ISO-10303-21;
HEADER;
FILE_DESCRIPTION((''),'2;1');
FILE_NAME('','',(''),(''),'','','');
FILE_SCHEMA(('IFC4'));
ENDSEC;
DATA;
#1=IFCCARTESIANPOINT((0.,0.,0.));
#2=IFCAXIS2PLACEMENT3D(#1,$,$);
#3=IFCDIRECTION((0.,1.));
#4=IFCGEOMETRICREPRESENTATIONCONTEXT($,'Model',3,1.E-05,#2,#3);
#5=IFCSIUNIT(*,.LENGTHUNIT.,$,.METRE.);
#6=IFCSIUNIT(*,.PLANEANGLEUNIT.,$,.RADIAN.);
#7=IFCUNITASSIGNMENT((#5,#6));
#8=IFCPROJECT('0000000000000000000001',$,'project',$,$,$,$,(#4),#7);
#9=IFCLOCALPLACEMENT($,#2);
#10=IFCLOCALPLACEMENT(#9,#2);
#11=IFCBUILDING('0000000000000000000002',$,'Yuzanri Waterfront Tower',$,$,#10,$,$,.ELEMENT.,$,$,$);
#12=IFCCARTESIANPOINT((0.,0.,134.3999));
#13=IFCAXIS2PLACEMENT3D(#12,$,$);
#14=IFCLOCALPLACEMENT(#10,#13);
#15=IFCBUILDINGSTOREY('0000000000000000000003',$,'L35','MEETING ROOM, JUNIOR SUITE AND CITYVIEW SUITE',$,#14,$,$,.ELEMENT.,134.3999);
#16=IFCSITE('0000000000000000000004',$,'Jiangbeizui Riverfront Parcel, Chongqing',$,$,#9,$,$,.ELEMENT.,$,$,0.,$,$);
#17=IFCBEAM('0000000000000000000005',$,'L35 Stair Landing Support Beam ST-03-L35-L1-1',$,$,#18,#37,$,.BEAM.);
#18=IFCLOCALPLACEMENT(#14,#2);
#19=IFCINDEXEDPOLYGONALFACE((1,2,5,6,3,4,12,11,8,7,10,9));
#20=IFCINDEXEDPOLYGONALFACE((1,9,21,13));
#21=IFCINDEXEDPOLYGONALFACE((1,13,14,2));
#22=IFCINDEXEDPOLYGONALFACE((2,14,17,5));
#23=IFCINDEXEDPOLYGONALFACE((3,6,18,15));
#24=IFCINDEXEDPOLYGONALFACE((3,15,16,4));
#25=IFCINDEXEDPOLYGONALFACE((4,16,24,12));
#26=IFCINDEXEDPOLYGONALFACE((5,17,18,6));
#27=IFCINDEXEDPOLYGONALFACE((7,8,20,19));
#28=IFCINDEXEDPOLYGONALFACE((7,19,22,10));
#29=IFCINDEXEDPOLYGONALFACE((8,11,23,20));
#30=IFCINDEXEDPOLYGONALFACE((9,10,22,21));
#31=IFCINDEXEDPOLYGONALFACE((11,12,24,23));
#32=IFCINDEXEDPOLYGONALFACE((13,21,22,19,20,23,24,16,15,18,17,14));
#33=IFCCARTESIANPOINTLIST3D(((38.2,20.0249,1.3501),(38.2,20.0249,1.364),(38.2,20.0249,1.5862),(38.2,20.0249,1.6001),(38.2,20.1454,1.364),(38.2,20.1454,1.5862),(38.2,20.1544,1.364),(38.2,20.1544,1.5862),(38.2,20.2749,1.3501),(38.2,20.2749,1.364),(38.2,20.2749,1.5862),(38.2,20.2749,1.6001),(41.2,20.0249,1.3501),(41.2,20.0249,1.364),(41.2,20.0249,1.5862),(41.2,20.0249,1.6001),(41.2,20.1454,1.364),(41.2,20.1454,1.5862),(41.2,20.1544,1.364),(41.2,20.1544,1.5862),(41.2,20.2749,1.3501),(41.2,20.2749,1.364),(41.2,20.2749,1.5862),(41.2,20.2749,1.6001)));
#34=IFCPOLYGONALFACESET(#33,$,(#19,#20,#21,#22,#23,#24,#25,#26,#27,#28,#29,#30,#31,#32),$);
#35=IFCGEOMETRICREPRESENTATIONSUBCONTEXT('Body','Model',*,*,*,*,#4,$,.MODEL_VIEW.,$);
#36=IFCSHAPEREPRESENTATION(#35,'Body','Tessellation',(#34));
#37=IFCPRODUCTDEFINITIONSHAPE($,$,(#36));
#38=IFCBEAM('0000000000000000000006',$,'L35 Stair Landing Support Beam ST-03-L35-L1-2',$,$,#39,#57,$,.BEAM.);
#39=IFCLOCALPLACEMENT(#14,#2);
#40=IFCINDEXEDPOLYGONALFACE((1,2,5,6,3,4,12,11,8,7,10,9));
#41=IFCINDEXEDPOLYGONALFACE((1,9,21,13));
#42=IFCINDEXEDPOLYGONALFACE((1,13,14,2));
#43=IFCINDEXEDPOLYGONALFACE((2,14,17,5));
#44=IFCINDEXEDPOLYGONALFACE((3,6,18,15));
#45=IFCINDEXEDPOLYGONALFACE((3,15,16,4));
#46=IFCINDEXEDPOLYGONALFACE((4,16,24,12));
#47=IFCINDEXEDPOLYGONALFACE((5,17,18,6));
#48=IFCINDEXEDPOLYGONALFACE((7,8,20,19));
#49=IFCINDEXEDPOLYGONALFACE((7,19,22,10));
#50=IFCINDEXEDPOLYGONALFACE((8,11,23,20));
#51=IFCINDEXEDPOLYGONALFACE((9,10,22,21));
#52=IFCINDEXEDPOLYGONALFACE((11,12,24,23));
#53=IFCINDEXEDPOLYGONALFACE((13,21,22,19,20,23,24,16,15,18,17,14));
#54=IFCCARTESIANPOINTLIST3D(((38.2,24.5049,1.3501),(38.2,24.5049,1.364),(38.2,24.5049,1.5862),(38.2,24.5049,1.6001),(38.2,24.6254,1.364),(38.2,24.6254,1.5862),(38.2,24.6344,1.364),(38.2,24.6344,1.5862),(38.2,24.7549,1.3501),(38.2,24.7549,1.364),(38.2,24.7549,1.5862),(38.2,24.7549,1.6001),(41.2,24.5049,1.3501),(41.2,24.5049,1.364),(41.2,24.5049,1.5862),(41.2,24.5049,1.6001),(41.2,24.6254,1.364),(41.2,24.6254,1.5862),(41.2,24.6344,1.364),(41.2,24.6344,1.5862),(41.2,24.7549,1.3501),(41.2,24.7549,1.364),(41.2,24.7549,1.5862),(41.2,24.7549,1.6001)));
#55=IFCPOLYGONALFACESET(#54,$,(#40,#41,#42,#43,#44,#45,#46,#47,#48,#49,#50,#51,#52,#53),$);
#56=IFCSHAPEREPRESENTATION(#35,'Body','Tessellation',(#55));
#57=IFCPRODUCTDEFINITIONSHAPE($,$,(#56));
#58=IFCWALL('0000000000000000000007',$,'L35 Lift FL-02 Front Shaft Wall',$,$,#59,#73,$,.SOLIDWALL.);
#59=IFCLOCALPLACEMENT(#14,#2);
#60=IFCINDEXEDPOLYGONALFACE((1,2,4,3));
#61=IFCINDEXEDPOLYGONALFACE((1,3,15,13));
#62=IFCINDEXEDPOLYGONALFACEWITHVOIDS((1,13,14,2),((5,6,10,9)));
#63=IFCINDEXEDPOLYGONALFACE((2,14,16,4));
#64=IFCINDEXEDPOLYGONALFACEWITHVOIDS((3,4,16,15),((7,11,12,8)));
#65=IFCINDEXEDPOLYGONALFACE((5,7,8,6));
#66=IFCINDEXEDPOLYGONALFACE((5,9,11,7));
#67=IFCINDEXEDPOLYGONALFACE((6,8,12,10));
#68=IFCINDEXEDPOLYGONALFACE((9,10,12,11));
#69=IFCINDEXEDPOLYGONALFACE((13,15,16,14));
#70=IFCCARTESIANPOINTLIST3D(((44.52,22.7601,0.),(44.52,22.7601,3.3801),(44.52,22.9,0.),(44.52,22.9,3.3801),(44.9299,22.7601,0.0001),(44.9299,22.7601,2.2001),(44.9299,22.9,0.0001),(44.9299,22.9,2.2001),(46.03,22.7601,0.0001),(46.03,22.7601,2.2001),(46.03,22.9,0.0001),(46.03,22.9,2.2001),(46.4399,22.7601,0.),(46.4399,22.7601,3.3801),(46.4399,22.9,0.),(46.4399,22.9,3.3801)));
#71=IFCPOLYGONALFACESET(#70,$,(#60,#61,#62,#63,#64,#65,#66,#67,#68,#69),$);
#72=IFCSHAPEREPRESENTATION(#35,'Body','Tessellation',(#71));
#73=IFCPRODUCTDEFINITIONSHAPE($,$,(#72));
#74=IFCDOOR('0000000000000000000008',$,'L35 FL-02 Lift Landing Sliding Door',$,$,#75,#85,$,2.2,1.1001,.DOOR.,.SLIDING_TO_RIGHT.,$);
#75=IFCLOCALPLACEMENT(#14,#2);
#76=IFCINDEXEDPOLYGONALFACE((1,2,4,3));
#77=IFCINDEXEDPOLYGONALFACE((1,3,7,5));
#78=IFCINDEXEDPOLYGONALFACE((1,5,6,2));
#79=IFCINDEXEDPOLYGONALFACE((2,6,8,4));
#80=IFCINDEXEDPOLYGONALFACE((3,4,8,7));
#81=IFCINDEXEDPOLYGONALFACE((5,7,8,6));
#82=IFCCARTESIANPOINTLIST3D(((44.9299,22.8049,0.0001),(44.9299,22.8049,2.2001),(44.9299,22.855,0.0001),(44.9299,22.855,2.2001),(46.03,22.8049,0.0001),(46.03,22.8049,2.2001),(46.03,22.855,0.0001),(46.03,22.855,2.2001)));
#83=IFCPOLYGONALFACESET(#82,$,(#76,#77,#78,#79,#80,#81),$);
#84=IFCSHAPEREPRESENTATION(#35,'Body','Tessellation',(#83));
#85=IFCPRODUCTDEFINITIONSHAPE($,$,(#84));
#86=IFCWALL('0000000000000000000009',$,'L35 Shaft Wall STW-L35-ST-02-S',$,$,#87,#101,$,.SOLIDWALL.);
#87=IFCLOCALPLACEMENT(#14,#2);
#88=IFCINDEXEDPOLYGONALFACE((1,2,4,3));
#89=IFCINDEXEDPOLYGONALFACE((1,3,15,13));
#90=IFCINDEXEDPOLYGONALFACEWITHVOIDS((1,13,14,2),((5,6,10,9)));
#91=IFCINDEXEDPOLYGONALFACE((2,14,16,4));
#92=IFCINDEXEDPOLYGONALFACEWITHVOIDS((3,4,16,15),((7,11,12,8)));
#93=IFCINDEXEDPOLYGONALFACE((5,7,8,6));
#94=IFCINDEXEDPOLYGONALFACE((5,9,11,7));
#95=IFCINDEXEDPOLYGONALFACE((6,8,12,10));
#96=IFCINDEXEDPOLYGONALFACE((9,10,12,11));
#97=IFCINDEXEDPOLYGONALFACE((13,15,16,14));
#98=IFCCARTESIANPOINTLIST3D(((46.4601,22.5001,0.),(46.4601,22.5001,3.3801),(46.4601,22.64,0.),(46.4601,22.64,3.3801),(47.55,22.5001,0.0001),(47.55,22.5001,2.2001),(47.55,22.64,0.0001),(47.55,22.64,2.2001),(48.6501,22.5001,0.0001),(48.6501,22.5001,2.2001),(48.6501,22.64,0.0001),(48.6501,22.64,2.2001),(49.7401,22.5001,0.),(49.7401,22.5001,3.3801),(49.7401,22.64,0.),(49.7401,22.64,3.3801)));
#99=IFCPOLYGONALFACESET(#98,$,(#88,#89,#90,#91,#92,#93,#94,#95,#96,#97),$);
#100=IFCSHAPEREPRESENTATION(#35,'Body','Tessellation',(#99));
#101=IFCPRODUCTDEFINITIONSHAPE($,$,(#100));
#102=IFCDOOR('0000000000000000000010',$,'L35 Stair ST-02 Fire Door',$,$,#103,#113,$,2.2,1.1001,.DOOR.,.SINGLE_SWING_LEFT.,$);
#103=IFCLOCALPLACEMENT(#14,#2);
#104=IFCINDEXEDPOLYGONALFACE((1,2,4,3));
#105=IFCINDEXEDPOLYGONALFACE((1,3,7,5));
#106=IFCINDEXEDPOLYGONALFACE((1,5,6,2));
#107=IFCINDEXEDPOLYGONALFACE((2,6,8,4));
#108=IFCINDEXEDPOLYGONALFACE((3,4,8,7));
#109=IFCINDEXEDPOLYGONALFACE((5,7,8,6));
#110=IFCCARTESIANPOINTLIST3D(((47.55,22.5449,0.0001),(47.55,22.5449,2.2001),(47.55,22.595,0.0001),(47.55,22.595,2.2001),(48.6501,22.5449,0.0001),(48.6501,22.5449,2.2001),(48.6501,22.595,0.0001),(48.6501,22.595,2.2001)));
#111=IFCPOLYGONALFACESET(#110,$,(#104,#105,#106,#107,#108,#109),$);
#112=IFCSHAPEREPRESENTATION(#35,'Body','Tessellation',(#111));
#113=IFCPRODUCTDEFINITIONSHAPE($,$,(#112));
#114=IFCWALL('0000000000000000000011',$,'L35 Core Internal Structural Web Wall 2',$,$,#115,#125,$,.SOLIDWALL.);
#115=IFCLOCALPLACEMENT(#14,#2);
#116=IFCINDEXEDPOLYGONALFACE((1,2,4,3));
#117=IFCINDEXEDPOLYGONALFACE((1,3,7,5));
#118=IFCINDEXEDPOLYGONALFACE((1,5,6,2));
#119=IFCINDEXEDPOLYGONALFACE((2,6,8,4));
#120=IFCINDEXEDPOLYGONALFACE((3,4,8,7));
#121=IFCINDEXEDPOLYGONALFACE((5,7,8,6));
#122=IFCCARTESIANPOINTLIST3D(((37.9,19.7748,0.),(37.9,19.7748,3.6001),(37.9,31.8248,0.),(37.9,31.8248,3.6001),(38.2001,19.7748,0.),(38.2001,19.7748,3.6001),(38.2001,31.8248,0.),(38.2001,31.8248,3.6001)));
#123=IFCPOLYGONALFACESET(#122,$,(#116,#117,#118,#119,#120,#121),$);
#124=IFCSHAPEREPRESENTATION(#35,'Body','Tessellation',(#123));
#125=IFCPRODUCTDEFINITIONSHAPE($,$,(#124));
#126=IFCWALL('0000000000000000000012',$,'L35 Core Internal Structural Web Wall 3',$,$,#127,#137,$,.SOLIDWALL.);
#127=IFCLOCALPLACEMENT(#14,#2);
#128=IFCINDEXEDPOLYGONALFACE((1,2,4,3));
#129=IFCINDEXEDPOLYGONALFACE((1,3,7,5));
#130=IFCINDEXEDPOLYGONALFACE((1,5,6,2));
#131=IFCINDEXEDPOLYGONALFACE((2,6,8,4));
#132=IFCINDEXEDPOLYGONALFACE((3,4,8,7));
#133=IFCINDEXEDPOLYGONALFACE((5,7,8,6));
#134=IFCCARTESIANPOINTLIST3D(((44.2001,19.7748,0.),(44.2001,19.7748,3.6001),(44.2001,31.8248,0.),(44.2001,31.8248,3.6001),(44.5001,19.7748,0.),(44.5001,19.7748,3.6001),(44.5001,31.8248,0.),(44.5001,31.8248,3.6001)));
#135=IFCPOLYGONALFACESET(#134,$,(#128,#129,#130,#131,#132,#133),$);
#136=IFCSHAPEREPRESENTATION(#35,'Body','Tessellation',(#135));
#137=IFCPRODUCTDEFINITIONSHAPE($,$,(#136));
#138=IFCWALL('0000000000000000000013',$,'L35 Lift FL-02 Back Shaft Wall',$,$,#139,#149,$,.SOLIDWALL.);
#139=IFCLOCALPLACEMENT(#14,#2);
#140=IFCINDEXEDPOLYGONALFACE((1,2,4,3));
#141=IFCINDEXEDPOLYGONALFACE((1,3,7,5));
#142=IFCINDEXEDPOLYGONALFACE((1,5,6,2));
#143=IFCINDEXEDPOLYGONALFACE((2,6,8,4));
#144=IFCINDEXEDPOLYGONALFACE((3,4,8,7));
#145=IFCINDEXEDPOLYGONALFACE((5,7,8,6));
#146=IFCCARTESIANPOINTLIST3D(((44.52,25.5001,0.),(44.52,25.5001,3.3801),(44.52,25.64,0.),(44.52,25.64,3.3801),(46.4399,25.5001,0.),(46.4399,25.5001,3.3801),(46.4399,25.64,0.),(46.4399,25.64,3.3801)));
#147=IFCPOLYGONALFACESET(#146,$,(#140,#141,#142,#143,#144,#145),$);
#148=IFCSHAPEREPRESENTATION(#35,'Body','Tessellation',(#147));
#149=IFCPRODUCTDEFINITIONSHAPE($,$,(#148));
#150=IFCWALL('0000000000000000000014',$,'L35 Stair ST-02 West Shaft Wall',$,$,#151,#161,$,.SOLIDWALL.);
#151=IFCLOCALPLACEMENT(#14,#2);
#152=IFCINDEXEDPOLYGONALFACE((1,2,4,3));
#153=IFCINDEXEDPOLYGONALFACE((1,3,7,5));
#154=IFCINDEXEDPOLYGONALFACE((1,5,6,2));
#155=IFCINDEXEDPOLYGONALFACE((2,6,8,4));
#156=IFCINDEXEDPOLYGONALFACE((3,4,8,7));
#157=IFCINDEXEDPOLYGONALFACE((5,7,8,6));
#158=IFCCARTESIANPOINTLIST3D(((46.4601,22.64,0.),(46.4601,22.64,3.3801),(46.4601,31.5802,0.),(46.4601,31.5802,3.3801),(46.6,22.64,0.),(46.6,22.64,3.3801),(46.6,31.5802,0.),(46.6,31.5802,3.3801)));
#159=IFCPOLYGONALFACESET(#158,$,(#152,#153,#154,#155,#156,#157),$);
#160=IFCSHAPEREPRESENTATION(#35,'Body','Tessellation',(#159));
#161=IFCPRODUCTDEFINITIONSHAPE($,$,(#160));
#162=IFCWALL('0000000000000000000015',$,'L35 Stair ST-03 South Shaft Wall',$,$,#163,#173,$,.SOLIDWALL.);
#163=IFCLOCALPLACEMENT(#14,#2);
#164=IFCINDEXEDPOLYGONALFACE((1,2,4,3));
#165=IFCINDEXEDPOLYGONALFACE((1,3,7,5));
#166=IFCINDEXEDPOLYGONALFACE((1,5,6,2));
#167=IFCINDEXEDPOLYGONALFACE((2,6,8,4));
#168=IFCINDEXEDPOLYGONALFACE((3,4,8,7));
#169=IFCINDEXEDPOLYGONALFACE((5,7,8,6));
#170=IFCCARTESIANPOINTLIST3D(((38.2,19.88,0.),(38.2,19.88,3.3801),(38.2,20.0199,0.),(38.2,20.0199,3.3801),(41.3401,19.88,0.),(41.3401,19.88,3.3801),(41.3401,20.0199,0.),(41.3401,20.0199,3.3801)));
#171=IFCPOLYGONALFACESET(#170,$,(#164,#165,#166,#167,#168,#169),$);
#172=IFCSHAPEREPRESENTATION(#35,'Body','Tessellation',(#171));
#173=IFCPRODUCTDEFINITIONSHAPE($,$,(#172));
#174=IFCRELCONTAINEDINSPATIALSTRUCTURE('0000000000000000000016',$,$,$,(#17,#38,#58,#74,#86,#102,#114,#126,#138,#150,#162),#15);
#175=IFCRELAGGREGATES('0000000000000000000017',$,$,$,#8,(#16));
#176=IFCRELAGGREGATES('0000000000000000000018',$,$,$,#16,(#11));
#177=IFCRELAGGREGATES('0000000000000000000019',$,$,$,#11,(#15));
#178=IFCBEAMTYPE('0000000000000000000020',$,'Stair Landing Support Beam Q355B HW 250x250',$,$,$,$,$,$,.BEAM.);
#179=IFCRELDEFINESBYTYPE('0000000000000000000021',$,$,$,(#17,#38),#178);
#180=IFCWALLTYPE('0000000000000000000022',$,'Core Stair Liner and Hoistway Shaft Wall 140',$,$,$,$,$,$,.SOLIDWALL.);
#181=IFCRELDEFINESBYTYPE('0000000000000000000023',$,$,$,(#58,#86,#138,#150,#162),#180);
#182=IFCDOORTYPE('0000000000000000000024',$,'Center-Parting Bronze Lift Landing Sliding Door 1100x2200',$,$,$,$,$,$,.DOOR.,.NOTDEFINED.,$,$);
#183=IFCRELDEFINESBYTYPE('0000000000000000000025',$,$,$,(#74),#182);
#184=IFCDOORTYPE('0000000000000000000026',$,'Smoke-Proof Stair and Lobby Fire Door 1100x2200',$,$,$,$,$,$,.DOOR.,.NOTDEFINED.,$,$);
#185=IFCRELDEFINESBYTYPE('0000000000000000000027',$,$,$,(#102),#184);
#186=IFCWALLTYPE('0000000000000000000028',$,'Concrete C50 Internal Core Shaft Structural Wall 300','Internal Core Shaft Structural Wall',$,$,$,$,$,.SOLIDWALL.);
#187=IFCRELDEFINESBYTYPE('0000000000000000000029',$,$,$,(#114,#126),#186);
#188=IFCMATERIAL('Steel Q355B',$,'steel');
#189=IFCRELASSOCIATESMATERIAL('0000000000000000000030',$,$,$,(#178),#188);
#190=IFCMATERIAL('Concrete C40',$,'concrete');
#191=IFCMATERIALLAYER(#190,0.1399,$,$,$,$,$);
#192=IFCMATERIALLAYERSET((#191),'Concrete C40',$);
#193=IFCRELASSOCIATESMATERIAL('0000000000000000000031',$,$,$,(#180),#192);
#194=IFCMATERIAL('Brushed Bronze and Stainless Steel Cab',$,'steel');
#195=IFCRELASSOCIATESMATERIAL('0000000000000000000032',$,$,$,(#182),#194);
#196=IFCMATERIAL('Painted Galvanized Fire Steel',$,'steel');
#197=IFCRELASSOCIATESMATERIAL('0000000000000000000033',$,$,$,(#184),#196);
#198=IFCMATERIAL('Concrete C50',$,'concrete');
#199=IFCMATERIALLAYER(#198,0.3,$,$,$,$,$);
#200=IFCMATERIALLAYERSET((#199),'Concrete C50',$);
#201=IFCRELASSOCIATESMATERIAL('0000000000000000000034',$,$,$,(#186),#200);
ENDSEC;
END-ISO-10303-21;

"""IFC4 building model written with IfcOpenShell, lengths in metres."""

from ifc_helpers import new_model, si_unit, direction, frame, frame_2d, origin, origin_2d, place, context, subcontext, project, spatial, rectangle, i_section, extrude, source, transform, mapped, material, layer, layer_set, material_profile, profile_set, type_object, element, fill, save


model = new_model("IFC4")

# Units and contexts
model_context = context("Model", 3, precision=1e-05, world=origin(), true_north=direction((0.0, 1.0)))
body_context = subcontext(model_context, "Body", "Model", "MODEL_VIEW")
ifc_project = project(units=[si_unit("LENGTHUNIT", "METRE"), si_unit("PLANEANGLEUNIT", "RADIAN")], contexts=[model_context])

# Site, building, storey
site_placement = place(None, origin())
site = spatial("IfcSite", under=ifc_project, at=site_placement, Name="Jiangbeizui Riverfront Parcel, Chongqing", CompositionType="ELEMENT", RefElevation=0.0)
building_placement = place(site_placement, origin())
building = spatial("IfcBuilding", under=site, at=building_placement, Name="Yuzanri Waterfront Tower", CompositionType="ELEMENT")
storey_placement = place(building_placement, frame((0.0, 0.0, 134.3999)))
storey = spatial("IfcBuildingStorey", under=building, at=storey_placement, Name="L35", Description="MEETING ROOM, JUNIOR SUITE AND CITYVIEW SUITE", CompositionType="ELEMENT", Elevation=134.3999)

# Beams
ifc_material_1 = material(Name="Steel Q355B", Category="steel")
ifc_material_profile = material_profile(ifc_material_1, i_section(OverallWidth=0.25, OverallDepth=0.25, WebThickness=0.009, FlangeThickness=0.0139, at=origin_2d()), Name="HW 250x250x9x14")
ifc_profile_set = profile_set([ifc_material_profile], Name="Steel Q355B")
beam_type = type_object("IfcBeamType", Name="Stair Landing Support Beam Q355B HW 250x250", PredefinedType="BEAM", material=ifc_profile_set)
shared_shape_1 = source(origin(), body_context, "Body", "SweptSolid", [
    extrude(i_section(OverallWidth=0.25, OverallDepth=0.25, WebThickness=0.009, FlangeThickness=0.0139, at=origin_2d()), origin(), (0.0, 0.0, 1.0), 3.0),
])
for number, where, z_axis, x_axis, name in (
    (1, (38.2, 20.1499, 1.4751), (1.0, 0.0, 0.0), (0.0, 1.0, 0.0), "L35 Stair Landing Support Beam ST-03-L35-L1-1"),
    (2, (38.2, 24.6299, 1.4751), (1.0, 0.0, 0.0), (0.0, 1.0, 0.0), "L35 Stair Landing Support Beam ST-03-L35-L1-2"),
):
    element("IfcBeam", number, at=place(storey_placement, frame(where, z_axis=z_axis, x_axis=x_axis)), inside=storey, type_object=beam_type, Name=name, PredefinedType="BEAM", context=body_context, shape_type="MappedRepresentation", body=[
        mapped(shared_shape_1, transform((0.0, 0.0, 0.0), scale=1.0)),
    ])

# Walls, openings, doors
ifc_material_2 = material(Name="Concrete C40", Category="concrete")
ifc_layer_1 = layer(ifc_material_2, 0.1399)
ifc_layer_set_1 = layer_set([ifc_layer_1], Name="Concrete C40")
wall_type_1 = type_object("IfcWallType", Name="Core Stair Liner and Hoistway Shaft Wall 140", PredefinedType="SOLIDWALL", material=ifc_layer_set_1)
wall_1_placement = place(storey_placement, frame((44.52, 22.8301, 0.0), z_axis=(0.0, 0.0, 1.0), x_axis=(1.0, 0.0, 0.0)))
wall_1 = element("IfcWall", 3, at=wall_1_placement, inside=storey, type_object=wall_type_1, Name="L35 Lift FL-02 Front Shaft Wall", PredefinedType="SOLIDWALL", context=body_context, shape_type="SweptSolid", body=[
    extrude(rectangle(XDim=1.9199, YDim=0.1399, at=frame_2d((0.96, 0.0))), origin(), (0.0, 0.0, 1.0), 3.3801),
])
opening_1_placement = place(wall_1_placement, frame((0.4099, 0.0, 0.0)))
opening_1 = element("IfcOpeningElement", 4, at=opening_1_placement, cuts=wall_1, PredefinedType="OPENING", context=body_context, shape_type="SweptSolid", body=[
    extrude(rectangle(XDim=1.1001, YDim=2.2, at=frame_2d((0.55, 1.1001))), frame((0.0, 0.085, 0.0), z_axis=(0.0, -1.0, 0.0), x_axis=(1.0, 0.0, 0.0)), (0.0, 0.0, 1.0), 0.1697),
])
ifc_material_3 = material(Name="Brushed Bronze and Stainless Steel Cab", Category="steel")
door_type_1 = type_object("IfcDoorType", Name="Center-Parting Bronze Lift Landing Sliding Door 1100x2200", OperationType="NOTDEFINED", PredefinedType="DOOR", material=ifc_material_3)
shared_shape_2 = source(origin(), body_context, "Body", "SweptSolid", [
    extrude(rectangle(XDim=1.1001, YDim=2.2, at=frame_2d((0.55, 1.1001))), frame((0.0, 0.0249, 0.0), z_axis=(0.0, -1.0, 0.0), x_axis=(1.0, 0.0, 0.0)), (0.0, 0.0, 1.0), 0.05),
])
door_1_placement = place(opening_1_placement, origin())
door_1 = element("IfcDoor", 5, at=door_1_placement, inside=storey, type_object=door_type_1, Name="L35 FL-02 Lift Landing Sliding Door", OperationType="SLIDING_TO_RIGHT", OverallHeight=2.2, OverallWidth=1.1001, PredefinedType="DOOR", context=body_context, shape_type="MappedRepresentation", body=[
    mapped(shared_shape_2, transform((0.0, 0.0, 0.0), scale=1.0)),
])
fill(opening_1, door_1)
wall_2_placement = place(storey_placement, frame((46.46, 22.5701, 0.0), z_axis=(0.0, 0.0, 1.0), x_axis=(1.0, 0.0, 0.0)))
wall_2 = element("IfcWall", 6, at=wall_2_placement, inside=storey, type_object=wall_type_1, Name="L35 Shaft Wall STW-L35-ST-02-S", PredefinedType="SOLIDWALL", context=body_context, shape_type="SweptSolid", body=[
    extrude(rectangle(XDim=3.28, YDim=0.1399, at=frame_2d((1.6401, 0.0))), origin(), (0.0, 0.0, 1.0), 3.3801),
])
opening_2_placement = place(wall_2_placement, frame((1.0901, 0.0, 0.0)))
opening_2 = element("IfcOpeningElement", 7, at=opening_2_placement, cuts=wall_2, PredefinedType="OPENING", context=body_context, shape_type="SweptSolid", body=[
    extrude(rectangle(XDim=1.1001, YDim=2.2, at=frame_2d((0.55, 1.1001))), frame((0.0, 0.085, 0.0), z_axis=(0.0, -1.0, 0.0), x_axis=(1.0, 0.0, 0.0)), (0.0, 0.0, 1.0), 0.1697),
])
ifc_material_4 = material(Name="Painted Galvanized Fire Steel", Category="steel")
door_type_2 = type_object("IfcDoorType", Name="Smoke-Proof Stair and Lobby Fire Door 1100x2200", OperationType="NOTDEFINED", PredefinedType="DOOR", material=ifc_material_4)
shared_shape_3 = source(origin(), body_context, "Body", "SweptSolid", [
    extrude(rectangle(XDim=1.1001, YDim=2.2, at=frame_2d((0.55, 1.1001))), frame((0.0, 0.0249, 0.0), z_axis=(0.0, -1.0, 0.0), x_axis=(1.0, 0.0, 0.0)), (0.0, 0.0, 1.0), 0.05),
])
door_2_placement = place(opening_2_placement, origin())
door_2 = element("IfcDoor", 8, at=door_2_placement, inside=storey, type_object=door_type_2, Name="L35 Stair ST-02 Fire Door", OperationType="SINGLE_SWING_LEFT", OverallHeight=2.2, OverallWidth=1.1001, PredefinedType="DOOR", context=body_context, shape_type="MappedRepresentation", body=[
    mapped(shared_shape_3, transform((0.0, 0.0, 0.0), scale=1.0)),
])
fill(opening_2, door_2)

# Walls
ifc_material_5 = material(Name="Concrete C50", Category="concrete")
ifc_layer_2 = layer(ifc_material_5, 0.3)
ifc_layer_set_2 = layer_set([ifc_layer_2], Name="Concrete C50")
wall_type_2 = type_object("IfcWallType", Name="Concrete C50 Internal Core Shaft Structural Wall 300", Description="Internal Core Shaft Structural Wall", PredefinedType="SOLIDWALL", material=ifc_layer_set_2)
shared_shape_4 = source(origin(), body_context, "Body", "SweptSolid", [
    extrude(rectangle(XDim=12.05, YDim=0.3, at=frame_2d((6.0249, 0.0))), origin(), (0.0, 0.0, 1.0), 3.6001),
])
for number, where, z_axis, x_axis, name in (
    (9, (38.05, 19.7749, 0.0), (0.0, 0.0, 1.0), (0.0, 1.0, 0.0), "L35 Core Internal Structural Web Wall 2"),
    (10, (44.3501, 19.7749, 0.0), (0.0, 0.0, 1.0), (0.0, 1.0, 0.0), "L35 Core Internal Structural Web Wall 3"),
):
    element("IfcWall", number, at=place(storey_placement, frame(where, z_axis=z_axis, x_axis=x_axis)), inside=storey, type_object=wall_type_2, Name=name, PredefinedType="SOLIDWALL", context=body_context, shape_type="MappedRepresentation", body=[
        mapped(shared_shape_4, transform((0.0, 0.0, 0.0), scale=1.0)),
    ])
shared_shape_5 = source(origin(), body_context, "Body", "SweptSolid", [
    extrude(rectangle(XDim=1.9199, YDim=0.1399, at=frame_2d((0.96, 0.0))), origin(), (0.0, 0.0, 1.0), 3.3801),
])
wall_3_placement = place(storey_placement, frame((44.52, 25.5701, 0.0), z_axis=(0.0, 0.0, 1.0), x_axis=(1.0, 0.0, 0.0)))
element("IfcWall", 11, at=wall_3_placement, inside=storey, type_object=wall_type_1, Name="L35 Lift FL-02 Back Shaft Wall", PredefinedType="SOLIDWALL", context=body_context, shape_type="MappedRepresentation", body=[
    mapped(shared_shape_5, transform((0.0, 0.0, 0.0), scale=1.0)),
])
shared_shape_6 = source(origin(), body_context, "Body", "SweptSolid", [
    extrude(rectangle(XDim=8.9402, YDim=0.1399, at=frame_2d((4.4702, 0.0))), origin(), (0.0, 0.0, 1.0), 3.3801),
])
wall_4_placement = place(storey_placement, frame((46.53, 22.6399, 0.0), z_axis=(0.0, 0.0, 1.0), x_axis=(0.0, 1.0, 0.0)))
element("IfcWall", 12, at=wall_4_placement, inside=storey, type_object=wall_type_1, Name="L35 Stair ST-02 West Shaft Wall", PredefinedType="SOLIDWALL", context=body_context, shape_type="MappedRepresentation", body=[
    mapped(shared_shape_6, transform((0.0, 0.0, 0.0), scale=1.0)),
])
shared_shape_7 = source(origin(), body_context, "Body", "SweptSolid", [
    extrude(rectangle(XDim=3.1401, YDim=0.1399, at=frame_2d((1.5701, 0.0))), origin(), (0.0, 0.0, 1.0), 3.3801),
])
wall_5_placement = place(storey_placement, frame((38.2, 19.95, 0.0), z_axis=(0.0, 0.0, 1.0), x_axis=(1.0, 0.0, 0.0)))
element("IfcWall", 13, at=wall_5_placement, inside=storey, type_object=wall_type_1, Name="L35 Stair ST-03 South Shaft Wall", PredefinedType="SOLIDWALL", context=body_context, shape_type="MappedRepresentation", body=[
    mapped(shared_shape_7, transform((0.0, 0.0, 0.0), scale=1.0)),
])

save(model, "model.ifc")
